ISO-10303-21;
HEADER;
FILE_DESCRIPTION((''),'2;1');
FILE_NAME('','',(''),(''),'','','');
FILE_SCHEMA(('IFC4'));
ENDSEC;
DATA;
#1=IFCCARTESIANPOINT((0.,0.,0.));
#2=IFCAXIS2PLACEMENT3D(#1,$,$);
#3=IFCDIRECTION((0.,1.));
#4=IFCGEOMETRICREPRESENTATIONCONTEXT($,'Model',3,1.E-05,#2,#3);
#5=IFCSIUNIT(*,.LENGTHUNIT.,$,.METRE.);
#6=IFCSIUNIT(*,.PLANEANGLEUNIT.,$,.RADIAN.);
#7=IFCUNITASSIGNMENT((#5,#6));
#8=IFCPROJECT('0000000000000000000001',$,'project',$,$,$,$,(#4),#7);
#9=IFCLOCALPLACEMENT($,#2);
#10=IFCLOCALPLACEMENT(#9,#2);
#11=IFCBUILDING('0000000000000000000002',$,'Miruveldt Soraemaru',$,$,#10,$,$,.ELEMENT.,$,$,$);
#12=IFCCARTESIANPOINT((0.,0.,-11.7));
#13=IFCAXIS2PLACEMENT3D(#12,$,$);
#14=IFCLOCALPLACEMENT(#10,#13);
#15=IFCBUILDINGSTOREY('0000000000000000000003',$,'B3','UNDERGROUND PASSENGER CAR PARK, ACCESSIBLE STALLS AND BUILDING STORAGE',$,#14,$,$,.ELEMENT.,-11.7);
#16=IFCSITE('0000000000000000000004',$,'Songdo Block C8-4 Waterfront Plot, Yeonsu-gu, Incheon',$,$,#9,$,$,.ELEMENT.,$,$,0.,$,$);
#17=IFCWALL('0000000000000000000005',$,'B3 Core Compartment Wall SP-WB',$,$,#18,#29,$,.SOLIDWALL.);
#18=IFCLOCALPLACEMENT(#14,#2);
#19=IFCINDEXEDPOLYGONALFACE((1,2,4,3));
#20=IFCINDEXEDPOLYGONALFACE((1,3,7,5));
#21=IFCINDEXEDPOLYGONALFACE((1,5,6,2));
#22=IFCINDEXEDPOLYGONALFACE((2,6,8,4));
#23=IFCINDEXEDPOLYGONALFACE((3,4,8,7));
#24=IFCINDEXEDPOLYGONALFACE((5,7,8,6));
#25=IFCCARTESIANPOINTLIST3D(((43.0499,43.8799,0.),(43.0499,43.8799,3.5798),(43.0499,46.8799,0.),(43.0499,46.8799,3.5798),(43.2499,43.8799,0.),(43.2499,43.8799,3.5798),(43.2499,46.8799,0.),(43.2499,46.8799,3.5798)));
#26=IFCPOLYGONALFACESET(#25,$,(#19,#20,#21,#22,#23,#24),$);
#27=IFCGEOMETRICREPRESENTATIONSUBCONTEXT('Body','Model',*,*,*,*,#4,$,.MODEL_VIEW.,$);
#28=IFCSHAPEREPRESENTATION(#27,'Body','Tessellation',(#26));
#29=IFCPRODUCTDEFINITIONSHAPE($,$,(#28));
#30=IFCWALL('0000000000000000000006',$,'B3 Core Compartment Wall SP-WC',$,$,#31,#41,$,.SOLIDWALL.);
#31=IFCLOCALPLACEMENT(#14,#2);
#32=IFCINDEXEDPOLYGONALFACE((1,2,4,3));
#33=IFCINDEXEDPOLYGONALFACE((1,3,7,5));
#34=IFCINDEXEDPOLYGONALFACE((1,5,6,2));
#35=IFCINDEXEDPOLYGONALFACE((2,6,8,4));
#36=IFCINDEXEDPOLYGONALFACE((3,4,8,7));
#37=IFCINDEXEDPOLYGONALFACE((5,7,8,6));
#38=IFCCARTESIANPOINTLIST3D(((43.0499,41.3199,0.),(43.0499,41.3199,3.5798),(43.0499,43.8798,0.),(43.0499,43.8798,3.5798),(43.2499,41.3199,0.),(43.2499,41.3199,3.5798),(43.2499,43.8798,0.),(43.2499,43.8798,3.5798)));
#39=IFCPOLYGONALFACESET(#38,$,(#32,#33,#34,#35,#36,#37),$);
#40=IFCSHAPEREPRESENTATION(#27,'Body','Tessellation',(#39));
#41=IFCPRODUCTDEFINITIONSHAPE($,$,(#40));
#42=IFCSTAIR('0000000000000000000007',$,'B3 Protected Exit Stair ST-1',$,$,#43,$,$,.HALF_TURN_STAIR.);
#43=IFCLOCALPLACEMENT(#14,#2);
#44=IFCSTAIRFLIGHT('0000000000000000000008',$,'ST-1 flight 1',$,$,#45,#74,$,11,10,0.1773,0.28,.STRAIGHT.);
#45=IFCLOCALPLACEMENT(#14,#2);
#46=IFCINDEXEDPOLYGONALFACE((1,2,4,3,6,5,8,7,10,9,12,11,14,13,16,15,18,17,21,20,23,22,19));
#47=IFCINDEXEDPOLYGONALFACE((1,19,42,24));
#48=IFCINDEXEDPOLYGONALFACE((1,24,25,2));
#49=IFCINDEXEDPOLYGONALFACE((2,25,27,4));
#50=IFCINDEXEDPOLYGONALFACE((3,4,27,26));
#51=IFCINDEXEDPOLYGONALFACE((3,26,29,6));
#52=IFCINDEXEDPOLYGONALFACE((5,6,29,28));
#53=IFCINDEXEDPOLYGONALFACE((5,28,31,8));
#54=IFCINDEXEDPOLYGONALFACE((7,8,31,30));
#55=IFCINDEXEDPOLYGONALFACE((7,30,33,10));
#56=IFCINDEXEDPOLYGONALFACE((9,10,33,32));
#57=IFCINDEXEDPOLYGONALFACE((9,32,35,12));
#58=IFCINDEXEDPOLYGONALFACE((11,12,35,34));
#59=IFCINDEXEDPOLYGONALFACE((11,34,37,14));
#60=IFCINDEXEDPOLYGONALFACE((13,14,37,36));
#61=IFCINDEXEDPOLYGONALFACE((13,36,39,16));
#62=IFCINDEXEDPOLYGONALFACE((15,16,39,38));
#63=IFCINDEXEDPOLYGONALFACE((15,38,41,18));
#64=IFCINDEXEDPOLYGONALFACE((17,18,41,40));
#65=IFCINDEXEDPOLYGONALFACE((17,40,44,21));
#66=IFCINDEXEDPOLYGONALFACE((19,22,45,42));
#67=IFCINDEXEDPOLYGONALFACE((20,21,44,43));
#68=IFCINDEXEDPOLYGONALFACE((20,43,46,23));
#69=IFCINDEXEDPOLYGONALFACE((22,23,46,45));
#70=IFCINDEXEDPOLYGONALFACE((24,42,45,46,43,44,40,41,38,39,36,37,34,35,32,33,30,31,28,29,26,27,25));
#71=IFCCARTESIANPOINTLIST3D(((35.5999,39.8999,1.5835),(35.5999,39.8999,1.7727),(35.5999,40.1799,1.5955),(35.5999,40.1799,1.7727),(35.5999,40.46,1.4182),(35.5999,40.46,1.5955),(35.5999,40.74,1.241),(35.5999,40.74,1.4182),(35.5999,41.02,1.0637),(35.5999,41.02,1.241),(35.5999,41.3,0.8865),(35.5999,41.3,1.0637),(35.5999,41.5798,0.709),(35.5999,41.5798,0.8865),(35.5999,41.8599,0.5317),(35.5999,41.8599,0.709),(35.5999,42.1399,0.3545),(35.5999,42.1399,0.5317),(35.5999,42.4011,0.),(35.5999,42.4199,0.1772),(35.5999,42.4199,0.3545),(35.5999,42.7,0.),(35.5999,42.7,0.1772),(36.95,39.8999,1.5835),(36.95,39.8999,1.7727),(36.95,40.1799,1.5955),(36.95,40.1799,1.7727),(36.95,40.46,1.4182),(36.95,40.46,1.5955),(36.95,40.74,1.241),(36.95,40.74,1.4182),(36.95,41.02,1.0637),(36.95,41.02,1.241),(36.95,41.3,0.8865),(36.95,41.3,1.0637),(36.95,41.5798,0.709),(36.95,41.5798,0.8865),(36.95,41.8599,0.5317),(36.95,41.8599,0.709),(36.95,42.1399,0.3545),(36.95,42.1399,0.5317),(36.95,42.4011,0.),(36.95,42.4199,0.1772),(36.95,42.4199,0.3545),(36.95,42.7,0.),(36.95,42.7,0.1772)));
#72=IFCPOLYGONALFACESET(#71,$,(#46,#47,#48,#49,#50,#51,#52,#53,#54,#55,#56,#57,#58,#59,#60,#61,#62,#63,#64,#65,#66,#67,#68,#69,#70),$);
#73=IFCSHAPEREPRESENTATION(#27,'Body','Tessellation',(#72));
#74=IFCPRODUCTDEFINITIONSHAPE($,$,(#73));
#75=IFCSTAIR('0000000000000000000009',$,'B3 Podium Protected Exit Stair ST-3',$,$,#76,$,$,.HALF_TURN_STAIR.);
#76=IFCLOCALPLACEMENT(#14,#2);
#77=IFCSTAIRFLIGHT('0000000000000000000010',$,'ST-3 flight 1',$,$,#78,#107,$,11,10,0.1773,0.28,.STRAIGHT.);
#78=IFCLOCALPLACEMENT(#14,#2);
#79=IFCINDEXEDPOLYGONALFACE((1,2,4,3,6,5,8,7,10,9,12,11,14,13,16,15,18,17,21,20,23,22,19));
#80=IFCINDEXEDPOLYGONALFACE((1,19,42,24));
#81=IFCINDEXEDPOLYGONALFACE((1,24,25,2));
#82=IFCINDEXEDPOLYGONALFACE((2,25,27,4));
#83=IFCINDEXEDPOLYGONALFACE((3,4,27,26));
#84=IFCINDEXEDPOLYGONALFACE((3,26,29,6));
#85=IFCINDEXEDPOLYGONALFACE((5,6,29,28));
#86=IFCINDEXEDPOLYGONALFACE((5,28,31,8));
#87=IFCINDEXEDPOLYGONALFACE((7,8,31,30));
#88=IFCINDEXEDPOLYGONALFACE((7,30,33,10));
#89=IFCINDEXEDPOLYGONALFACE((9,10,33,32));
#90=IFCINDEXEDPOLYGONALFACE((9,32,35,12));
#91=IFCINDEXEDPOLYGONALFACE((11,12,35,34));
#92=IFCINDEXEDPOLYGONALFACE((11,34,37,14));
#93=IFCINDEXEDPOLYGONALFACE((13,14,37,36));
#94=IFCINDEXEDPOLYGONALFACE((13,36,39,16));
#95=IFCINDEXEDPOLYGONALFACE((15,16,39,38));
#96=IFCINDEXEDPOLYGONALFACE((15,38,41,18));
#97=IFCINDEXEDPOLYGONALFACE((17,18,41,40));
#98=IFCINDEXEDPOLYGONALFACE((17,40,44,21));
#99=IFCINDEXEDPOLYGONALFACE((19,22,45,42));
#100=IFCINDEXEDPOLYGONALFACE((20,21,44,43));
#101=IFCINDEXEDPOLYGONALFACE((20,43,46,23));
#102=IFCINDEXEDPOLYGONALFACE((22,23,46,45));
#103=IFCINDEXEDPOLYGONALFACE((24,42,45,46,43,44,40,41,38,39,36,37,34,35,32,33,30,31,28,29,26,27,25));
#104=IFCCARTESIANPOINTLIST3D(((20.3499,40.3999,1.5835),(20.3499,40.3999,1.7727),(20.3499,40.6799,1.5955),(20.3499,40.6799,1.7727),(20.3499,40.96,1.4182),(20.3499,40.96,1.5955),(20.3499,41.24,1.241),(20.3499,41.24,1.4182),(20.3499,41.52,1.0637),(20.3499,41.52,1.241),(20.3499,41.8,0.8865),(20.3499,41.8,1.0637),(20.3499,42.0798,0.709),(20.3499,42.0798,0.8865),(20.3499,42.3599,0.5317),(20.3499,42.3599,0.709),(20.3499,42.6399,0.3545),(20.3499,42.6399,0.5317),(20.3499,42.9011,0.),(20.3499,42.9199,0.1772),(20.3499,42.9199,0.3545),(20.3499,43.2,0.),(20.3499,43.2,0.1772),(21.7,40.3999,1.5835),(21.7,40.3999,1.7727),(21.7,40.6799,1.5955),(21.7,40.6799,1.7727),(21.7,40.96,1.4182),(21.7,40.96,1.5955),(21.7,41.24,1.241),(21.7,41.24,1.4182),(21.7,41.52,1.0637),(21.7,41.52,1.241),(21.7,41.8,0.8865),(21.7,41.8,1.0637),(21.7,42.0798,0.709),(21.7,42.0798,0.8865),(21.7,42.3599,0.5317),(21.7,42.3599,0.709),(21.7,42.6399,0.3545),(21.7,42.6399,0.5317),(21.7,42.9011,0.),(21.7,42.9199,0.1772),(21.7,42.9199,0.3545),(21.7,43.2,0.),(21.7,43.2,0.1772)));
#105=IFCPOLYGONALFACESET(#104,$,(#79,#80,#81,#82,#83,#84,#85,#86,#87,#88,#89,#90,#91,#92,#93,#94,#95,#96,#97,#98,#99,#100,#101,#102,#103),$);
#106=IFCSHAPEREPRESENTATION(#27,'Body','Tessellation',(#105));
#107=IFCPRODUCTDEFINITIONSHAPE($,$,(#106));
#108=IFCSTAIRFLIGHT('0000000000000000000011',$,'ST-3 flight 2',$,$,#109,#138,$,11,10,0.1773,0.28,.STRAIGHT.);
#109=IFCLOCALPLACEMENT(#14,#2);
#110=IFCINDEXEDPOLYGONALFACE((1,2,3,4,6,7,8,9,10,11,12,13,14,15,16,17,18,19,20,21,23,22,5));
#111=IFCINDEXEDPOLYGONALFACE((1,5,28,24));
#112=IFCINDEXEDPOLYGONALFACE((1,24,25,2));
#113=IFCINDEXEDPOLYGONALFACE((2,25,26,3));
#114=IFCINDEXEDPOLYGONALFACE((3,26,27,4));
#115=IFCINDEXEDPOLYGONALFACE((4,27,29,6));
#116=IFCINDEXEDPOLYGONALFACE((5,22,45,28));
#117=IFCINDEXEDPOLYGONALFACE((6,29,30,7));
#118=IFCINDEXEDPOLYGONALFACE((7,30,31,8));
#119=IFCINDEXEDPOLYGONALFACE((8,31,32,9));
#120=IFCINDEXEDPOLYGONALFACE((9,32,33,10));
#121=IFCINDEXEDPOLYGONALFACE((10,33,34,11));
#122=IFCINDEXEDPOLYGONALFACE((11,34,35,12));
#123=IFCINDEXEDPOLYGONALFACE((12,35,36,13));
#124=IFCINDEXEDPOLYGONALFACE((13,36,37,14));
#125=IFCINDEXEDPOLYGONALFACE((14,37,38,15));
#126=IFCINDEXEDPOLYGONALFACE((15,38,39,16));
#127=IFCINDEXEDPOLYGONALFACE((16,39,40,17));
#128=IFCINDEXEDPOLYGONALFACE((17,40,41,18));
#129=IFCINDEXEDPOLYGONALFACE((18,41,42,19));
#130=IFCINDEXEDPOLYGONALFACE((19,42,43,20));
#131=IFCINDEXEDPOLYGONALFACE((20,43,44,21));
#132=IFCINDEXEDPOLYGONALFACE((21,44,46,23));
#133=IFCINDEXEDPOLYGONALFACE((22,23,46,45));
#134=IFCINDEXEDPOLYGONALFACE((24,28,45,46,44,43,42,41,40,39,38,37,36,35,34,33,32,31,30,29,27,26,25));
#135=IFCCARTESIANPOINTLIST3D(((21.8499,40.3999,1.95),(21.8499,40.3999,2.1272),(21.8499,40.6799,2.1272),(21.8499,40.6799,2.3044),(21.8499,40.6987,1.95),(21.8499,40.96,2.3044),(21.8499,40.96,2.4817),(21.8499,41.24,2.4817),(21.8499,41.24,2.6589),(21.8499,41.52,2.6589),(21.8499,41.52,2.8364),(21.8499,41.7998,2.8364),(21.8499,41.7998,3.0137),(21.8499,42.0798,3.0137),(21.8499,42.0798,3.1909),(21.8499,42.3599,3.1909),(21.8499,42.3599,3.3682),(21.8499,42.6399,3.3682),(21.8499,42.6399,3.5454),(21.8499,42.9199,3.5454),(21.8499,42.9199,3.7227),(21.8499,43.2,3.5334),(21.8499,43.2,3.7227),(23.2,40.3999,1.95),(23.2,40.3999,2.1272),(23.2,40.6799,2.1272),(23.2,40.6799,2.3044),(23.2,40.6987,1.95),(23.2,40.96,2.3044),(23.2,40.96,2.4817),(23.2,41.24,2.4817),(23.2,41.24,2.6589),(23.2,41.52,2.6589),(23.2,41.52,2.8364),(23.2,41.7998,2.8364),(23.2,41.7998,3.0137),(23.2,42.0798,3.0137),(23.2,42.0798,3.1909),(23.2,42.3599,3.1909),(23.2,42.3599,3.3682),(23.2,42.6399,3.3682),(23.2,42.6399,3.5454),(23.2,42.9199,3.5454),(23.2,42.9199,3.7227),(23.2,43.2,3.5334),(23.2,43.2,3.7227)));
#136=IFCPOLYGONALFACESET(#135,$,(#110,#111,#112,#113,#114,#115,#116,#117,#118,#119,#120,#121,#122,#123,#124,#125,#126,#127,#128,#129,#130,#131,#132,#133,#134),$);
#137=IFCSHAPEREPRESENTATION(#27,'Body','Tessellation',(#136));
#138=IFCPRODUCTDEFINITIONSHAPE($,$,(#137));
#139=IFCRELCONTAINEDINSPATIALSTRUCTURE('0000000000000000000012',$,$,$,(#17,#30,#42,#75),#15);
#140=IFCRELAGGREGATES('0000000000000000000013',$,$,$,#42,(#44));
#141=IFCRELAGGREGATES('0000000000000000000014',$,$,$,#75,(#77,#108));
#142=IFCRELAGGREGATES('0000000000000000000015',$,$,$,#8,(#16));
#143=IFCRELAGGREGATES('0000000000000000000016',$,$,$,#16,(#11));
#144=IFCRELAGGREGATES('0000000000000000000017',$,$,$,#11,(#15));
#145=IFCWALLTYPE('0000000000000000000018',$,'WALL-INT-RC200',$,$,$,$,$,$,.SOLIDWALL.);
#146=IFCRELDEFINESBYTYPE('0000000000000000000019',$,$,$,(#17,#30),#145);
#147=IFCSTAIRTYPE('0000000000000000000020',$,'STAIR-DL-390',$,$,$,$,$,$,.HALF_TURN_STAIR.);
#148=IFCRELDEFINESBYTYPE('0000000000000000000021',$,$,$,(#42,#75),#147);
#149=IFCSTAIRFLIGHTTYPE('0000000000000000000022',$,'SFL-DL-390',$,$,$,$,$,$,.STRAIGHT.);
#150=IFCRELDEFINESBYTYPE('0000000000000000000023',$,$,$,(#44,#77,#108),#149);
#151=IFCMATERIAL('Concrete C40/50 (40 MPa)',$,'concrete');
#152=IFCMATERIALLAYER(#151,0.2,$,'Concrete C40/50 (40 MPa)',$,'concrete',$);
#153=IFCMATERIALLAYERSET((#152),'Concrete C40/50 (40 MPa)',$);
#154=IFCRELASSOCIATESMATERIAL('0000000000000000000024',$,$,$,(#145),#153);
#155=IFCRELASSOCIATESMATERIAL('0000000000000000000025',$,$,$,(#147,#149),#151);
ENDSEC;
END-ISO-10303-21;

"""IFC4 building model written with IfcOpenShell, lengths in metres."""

from ifc_helpers import new_model, si_unit, direction, frame, frame_2d, origin, place, context, subcontext, project, spatial, polyline, rectangle, outline, extrude, material, layer, layer_set, type_object, element, aggregate, save


model = new_model("IFC4")

# Units and contexts
model_context = context("Model", 3, precision=1e-05, world=origin(), true_north=direction((0.0, 1.0)))
body_context = subcontext(model_context, "Body", "Model", "MODEL_VIEW")
ifc_project = project(units=[si_unit("LENGTHUNIT", "METRE"), si_unit("PLANEANGLEUNIT", "RADIAN")], contexts=[model_context])

# Site, building, storey
site_placement = place(None, origin())
site = spatial("IfcSite", under=ifc_project, at=site_placement, Name="Songdo Block C8-4 Waterfront Plot, Yeonsu-gu, Incheon", CompositionType="ELEMENT", RefElevation=0.0)
building_placement = place(site_placement, origin())
building = spatial("IfcBuilding", under=site, at=building_placement, Name="Miruveldt Soraemaru", CompositionType="ELEMENT")
storey_placement = place(building_placement, frame((0.0, 0.0, -11.7)))
storey = spatial("IfcBuildingStorey", under=building, at=storey_placement, Name="B3", Description="UNDERGROUND PASSENGER CAR PARK, ACCESSIBLE STALLS AND BUILDING STORAGE", CompositionType="ELEMENT", Elevation=-11.7)

# Shared definitions
ifc_material_1 = material(Name="Concrete C40/50 (40 MPa)", Category="concrete")

# Shared definitions
ifc_layer_1 = layer(ifc_material_1, 0.2, Name="Concrete C40/50 (40 MPa)", Category="concrete")
ifc_layer_set_1 = layer_set([ifc_layer_1], Name="Concrete C40/50 (40 MPa)")
wall_type_1 = type_object("IfcWallType", Name="WALL-INT-RC200", PredefinedType="SOLIDWALL", material=ifc_layer_set_1)

# Walls
wall_1_placement = place(storey_placement, frame((43.1499, 43.8799, 0.0), z_axis=(0.0, 0.0, 1.0), x_axis=(0.0, 1.0, 0.0)))
element("IfcWall", 1, at=wall_1_placement, inside=storey, type_object=wall_type_1, Name="B3 Core Compartment Wall SP-WB", PredefinedType="SOLIDWALL", context=body_context, shape_type="SweptSolid", body=[
    extrude(rectangle(XDim=3.0, YDim=0.2, at=frame_2d((1.5, 0.0))), origin(), (0.0, 0.0, 1.0), 3.5798),
])
wall_2_placement = place(storey_placement, frame((43.1499, 41.3201, 0.0), z_axis=(0.0, 0.0, 1.0), x_axis=(0.0, 1.0, 0.0)))
element("IfcWall", 2, at=wall_2_placement, inside=storey, type_object=wall_type_1, Name="B3 Core Compartment Wall SP-WC", PredefinedType="SOLIDWALL", context=body_context, shape_type="SweptSolid", body=[
    extrude(rectangle(XDim=2.5598, YDim=0.2, at=frame_2d((1.2798, 0.0))), origin(), (0.0, 0.0, 1.0), 3.5798),
])

# Stair, stair flight
stair_type = type_object("IfcStairType", Name="STAIR-DL-390", PredefinedType="HALF_TURN_STAIR", material=ifc_material_1)
stair_1_placement = place(storey_placement, origin())
stair_1 = element("IfcStair", 3, at=stair_1_placement, inside=storey, type_object=stair_type, Name="B3 Protected Exit Stair ST-1", PredefinedType="HALF_TURN_STAIR")
stair_flight_type = type_object("IfcStairFlightType", Name="SFL-DL-390", PredefinedType="STRAIGHT", material=ifc_material_1)
stair_flight_1_placement = place(storey_placement, frame((36.2749, 42.7, 0.0), z_axis=(0.0, 0.0, 1.0), x_axis=(0.0, -1.0, 0.0)))
stair_flight_1 = element("IfcStairFlight", 4, at=stair_flight_1_placement, type_object=stair_flight_type, Name="ST-1 flight 1", NumberOfRisers=11, NumberOfTreads=10, PredefinedType="STRAIGHT", RiserHeight=0.1773, TreadLength=0.28, context=body_context, shape_type="SweptSolid", body=[
    extrude(outline(polyline([(0.0, 0.0), (0.0, 0.1772), (0.28, 0.1772), (0.28, 0.3545), (0.5601, 0.3545), (0.5601, 0.5317), (0.8401, 0.5317), (0.8401, 0.709), (1.1201, 0.709), (1.1201, 0.8865), (1.3999, 0.8865), (1.3999, 1.0637), (1.6799, 1.0637), (1.6799, 1.241), (1.96, 1.241), (1.96, 1.4182), (2.24, 1.4182), (2.24, 1.5955), (2.52, 1.5955), (2.52, 1.7727), (2.8, 1.7727), (2.8, 1.95), (2.8, 1.5835), (0.2988, 0.0), (0.0, 0.0)])), frame((0.0, 0.675, 0.0), z_axis=(0.0, -1.0, 0.0), x_axis=(1.0, 0.0, 0.0)), (0.0, 0.0, 1.0), 1.3501),
])
aggregate(stair_1, [stair_flight_1])

# Stair, stair flights
stair_2_placement = place(storey_placement, origin())
stair_2 = element("IfcStair", 5, at=stair_2_placement, inside=storey, type_object=stair_type, Name="B3 Podium Protected Exit Stair ST-3", PredefinedType="HALF_TURN_STAIR")
stair_flight_2_placement = place(storey_placement, frame((21.0249, 43.2, 0.0), z_axis=(0.0, 0.0, 1.0), x_axis=(0.0, -1.0, 0.0)))
stair_flight_2 = element("IfcStairFlight", 6, at=stair_flight_2_placement, type_object=stair_flight_type, Name="ST-3 flight 1", NumberOfRisers=11, NumberOfTreads=10, PredefinedType="STRAIGHT", RiserHeight=0.1773, TreadLength=0.28, context=body_context, shape_type="SweptSolid", body=[
    extrude(outline(polyline([(0.0, 0.0), (0.0, 0.1772), (0.28, 0.1772), (0.28, 0.3545), (0.5601, 0.3545), (0.5601, 0.5317), (0.8401, 0.5317), (0.8401, 0.709), (1.1201, 0.709), (1.1201, 0.8865), (1.3999, 0.8865), (1.3999, 1.0637), (1.6799, 1.0637), (1.6799, 1.241), (1.96, 1.241), (1.96, 1.4182), (2.24, 1.4182), (2.24, 1.5955), (2.52, 1.5955), (2.52, 1.7727), (2.8, 1.7727), (2.8, 1.95), (2.8, 1.5835), (0.2988, 0.0), (0.0, 0.0)])), frame((0.0, 0.675, 0.0), z_axis=(0.0, -1.0, 0.0), x_axis=(1.0, 0.0, 0.0)), (0.0, 0.0, 1.0), 1.3501),
])
stair_flight_3_placement = place(storey_placement, frame((22.5249, 40.3999, 1.95), z_axis=(0.0, 0.0, 1.0), x_axis=(0.0, 1.0, 0.0)))
stair_flight_3 = element("IfcStairFlight", 7, at=stair_flight_3_placement, type_object=stair_flight_type, Name="ST-3 flight 2", NumberOfRisers=11, NumberOfTreads=10, PredefinedType="STRAIGHT", RiserHeight=0.1773, TreadLength=0.28, context=body_context, shape_type="SweptSolid", body=[
    extrude(outline(polyline([(0.0, 0.0), (0.0, 0.1772), (0.28, 0.1772), (0.28, 0.3545), (0.5601, 0.3545), (0.5601, 0.5317), (0.8401, 0.5317), (0.8401, 0.709), (1.1201, 0.709), (1.1201, 0.8865), (1.3999, 0.8865), (1.3999, 1.0637), (1.6799, 1.0637), (1.6799, 1.241), (1.96, 1.241), (1.96, 1.4182), (2.24, 1.4182), (2.24, 1.5955), (2.52, 1.5955), (2.52, 1.7727), (2.8, 1.7727), (2.8, 1.95), (2.8, 1.5835), (0.2988, 0.0), (0.0, 0.0)])), frame((0.0, 0.675, 0.0), z_axis=(0.0, -1.0, 0.0), x_axis=(1.0, 0.0, 0.0)), (0.0, 0.0, 1.0), 1.3501),
])
aggregate(stair_2, [stair_flight_2, stair_flight_3])

save(model, "model.ifc")
